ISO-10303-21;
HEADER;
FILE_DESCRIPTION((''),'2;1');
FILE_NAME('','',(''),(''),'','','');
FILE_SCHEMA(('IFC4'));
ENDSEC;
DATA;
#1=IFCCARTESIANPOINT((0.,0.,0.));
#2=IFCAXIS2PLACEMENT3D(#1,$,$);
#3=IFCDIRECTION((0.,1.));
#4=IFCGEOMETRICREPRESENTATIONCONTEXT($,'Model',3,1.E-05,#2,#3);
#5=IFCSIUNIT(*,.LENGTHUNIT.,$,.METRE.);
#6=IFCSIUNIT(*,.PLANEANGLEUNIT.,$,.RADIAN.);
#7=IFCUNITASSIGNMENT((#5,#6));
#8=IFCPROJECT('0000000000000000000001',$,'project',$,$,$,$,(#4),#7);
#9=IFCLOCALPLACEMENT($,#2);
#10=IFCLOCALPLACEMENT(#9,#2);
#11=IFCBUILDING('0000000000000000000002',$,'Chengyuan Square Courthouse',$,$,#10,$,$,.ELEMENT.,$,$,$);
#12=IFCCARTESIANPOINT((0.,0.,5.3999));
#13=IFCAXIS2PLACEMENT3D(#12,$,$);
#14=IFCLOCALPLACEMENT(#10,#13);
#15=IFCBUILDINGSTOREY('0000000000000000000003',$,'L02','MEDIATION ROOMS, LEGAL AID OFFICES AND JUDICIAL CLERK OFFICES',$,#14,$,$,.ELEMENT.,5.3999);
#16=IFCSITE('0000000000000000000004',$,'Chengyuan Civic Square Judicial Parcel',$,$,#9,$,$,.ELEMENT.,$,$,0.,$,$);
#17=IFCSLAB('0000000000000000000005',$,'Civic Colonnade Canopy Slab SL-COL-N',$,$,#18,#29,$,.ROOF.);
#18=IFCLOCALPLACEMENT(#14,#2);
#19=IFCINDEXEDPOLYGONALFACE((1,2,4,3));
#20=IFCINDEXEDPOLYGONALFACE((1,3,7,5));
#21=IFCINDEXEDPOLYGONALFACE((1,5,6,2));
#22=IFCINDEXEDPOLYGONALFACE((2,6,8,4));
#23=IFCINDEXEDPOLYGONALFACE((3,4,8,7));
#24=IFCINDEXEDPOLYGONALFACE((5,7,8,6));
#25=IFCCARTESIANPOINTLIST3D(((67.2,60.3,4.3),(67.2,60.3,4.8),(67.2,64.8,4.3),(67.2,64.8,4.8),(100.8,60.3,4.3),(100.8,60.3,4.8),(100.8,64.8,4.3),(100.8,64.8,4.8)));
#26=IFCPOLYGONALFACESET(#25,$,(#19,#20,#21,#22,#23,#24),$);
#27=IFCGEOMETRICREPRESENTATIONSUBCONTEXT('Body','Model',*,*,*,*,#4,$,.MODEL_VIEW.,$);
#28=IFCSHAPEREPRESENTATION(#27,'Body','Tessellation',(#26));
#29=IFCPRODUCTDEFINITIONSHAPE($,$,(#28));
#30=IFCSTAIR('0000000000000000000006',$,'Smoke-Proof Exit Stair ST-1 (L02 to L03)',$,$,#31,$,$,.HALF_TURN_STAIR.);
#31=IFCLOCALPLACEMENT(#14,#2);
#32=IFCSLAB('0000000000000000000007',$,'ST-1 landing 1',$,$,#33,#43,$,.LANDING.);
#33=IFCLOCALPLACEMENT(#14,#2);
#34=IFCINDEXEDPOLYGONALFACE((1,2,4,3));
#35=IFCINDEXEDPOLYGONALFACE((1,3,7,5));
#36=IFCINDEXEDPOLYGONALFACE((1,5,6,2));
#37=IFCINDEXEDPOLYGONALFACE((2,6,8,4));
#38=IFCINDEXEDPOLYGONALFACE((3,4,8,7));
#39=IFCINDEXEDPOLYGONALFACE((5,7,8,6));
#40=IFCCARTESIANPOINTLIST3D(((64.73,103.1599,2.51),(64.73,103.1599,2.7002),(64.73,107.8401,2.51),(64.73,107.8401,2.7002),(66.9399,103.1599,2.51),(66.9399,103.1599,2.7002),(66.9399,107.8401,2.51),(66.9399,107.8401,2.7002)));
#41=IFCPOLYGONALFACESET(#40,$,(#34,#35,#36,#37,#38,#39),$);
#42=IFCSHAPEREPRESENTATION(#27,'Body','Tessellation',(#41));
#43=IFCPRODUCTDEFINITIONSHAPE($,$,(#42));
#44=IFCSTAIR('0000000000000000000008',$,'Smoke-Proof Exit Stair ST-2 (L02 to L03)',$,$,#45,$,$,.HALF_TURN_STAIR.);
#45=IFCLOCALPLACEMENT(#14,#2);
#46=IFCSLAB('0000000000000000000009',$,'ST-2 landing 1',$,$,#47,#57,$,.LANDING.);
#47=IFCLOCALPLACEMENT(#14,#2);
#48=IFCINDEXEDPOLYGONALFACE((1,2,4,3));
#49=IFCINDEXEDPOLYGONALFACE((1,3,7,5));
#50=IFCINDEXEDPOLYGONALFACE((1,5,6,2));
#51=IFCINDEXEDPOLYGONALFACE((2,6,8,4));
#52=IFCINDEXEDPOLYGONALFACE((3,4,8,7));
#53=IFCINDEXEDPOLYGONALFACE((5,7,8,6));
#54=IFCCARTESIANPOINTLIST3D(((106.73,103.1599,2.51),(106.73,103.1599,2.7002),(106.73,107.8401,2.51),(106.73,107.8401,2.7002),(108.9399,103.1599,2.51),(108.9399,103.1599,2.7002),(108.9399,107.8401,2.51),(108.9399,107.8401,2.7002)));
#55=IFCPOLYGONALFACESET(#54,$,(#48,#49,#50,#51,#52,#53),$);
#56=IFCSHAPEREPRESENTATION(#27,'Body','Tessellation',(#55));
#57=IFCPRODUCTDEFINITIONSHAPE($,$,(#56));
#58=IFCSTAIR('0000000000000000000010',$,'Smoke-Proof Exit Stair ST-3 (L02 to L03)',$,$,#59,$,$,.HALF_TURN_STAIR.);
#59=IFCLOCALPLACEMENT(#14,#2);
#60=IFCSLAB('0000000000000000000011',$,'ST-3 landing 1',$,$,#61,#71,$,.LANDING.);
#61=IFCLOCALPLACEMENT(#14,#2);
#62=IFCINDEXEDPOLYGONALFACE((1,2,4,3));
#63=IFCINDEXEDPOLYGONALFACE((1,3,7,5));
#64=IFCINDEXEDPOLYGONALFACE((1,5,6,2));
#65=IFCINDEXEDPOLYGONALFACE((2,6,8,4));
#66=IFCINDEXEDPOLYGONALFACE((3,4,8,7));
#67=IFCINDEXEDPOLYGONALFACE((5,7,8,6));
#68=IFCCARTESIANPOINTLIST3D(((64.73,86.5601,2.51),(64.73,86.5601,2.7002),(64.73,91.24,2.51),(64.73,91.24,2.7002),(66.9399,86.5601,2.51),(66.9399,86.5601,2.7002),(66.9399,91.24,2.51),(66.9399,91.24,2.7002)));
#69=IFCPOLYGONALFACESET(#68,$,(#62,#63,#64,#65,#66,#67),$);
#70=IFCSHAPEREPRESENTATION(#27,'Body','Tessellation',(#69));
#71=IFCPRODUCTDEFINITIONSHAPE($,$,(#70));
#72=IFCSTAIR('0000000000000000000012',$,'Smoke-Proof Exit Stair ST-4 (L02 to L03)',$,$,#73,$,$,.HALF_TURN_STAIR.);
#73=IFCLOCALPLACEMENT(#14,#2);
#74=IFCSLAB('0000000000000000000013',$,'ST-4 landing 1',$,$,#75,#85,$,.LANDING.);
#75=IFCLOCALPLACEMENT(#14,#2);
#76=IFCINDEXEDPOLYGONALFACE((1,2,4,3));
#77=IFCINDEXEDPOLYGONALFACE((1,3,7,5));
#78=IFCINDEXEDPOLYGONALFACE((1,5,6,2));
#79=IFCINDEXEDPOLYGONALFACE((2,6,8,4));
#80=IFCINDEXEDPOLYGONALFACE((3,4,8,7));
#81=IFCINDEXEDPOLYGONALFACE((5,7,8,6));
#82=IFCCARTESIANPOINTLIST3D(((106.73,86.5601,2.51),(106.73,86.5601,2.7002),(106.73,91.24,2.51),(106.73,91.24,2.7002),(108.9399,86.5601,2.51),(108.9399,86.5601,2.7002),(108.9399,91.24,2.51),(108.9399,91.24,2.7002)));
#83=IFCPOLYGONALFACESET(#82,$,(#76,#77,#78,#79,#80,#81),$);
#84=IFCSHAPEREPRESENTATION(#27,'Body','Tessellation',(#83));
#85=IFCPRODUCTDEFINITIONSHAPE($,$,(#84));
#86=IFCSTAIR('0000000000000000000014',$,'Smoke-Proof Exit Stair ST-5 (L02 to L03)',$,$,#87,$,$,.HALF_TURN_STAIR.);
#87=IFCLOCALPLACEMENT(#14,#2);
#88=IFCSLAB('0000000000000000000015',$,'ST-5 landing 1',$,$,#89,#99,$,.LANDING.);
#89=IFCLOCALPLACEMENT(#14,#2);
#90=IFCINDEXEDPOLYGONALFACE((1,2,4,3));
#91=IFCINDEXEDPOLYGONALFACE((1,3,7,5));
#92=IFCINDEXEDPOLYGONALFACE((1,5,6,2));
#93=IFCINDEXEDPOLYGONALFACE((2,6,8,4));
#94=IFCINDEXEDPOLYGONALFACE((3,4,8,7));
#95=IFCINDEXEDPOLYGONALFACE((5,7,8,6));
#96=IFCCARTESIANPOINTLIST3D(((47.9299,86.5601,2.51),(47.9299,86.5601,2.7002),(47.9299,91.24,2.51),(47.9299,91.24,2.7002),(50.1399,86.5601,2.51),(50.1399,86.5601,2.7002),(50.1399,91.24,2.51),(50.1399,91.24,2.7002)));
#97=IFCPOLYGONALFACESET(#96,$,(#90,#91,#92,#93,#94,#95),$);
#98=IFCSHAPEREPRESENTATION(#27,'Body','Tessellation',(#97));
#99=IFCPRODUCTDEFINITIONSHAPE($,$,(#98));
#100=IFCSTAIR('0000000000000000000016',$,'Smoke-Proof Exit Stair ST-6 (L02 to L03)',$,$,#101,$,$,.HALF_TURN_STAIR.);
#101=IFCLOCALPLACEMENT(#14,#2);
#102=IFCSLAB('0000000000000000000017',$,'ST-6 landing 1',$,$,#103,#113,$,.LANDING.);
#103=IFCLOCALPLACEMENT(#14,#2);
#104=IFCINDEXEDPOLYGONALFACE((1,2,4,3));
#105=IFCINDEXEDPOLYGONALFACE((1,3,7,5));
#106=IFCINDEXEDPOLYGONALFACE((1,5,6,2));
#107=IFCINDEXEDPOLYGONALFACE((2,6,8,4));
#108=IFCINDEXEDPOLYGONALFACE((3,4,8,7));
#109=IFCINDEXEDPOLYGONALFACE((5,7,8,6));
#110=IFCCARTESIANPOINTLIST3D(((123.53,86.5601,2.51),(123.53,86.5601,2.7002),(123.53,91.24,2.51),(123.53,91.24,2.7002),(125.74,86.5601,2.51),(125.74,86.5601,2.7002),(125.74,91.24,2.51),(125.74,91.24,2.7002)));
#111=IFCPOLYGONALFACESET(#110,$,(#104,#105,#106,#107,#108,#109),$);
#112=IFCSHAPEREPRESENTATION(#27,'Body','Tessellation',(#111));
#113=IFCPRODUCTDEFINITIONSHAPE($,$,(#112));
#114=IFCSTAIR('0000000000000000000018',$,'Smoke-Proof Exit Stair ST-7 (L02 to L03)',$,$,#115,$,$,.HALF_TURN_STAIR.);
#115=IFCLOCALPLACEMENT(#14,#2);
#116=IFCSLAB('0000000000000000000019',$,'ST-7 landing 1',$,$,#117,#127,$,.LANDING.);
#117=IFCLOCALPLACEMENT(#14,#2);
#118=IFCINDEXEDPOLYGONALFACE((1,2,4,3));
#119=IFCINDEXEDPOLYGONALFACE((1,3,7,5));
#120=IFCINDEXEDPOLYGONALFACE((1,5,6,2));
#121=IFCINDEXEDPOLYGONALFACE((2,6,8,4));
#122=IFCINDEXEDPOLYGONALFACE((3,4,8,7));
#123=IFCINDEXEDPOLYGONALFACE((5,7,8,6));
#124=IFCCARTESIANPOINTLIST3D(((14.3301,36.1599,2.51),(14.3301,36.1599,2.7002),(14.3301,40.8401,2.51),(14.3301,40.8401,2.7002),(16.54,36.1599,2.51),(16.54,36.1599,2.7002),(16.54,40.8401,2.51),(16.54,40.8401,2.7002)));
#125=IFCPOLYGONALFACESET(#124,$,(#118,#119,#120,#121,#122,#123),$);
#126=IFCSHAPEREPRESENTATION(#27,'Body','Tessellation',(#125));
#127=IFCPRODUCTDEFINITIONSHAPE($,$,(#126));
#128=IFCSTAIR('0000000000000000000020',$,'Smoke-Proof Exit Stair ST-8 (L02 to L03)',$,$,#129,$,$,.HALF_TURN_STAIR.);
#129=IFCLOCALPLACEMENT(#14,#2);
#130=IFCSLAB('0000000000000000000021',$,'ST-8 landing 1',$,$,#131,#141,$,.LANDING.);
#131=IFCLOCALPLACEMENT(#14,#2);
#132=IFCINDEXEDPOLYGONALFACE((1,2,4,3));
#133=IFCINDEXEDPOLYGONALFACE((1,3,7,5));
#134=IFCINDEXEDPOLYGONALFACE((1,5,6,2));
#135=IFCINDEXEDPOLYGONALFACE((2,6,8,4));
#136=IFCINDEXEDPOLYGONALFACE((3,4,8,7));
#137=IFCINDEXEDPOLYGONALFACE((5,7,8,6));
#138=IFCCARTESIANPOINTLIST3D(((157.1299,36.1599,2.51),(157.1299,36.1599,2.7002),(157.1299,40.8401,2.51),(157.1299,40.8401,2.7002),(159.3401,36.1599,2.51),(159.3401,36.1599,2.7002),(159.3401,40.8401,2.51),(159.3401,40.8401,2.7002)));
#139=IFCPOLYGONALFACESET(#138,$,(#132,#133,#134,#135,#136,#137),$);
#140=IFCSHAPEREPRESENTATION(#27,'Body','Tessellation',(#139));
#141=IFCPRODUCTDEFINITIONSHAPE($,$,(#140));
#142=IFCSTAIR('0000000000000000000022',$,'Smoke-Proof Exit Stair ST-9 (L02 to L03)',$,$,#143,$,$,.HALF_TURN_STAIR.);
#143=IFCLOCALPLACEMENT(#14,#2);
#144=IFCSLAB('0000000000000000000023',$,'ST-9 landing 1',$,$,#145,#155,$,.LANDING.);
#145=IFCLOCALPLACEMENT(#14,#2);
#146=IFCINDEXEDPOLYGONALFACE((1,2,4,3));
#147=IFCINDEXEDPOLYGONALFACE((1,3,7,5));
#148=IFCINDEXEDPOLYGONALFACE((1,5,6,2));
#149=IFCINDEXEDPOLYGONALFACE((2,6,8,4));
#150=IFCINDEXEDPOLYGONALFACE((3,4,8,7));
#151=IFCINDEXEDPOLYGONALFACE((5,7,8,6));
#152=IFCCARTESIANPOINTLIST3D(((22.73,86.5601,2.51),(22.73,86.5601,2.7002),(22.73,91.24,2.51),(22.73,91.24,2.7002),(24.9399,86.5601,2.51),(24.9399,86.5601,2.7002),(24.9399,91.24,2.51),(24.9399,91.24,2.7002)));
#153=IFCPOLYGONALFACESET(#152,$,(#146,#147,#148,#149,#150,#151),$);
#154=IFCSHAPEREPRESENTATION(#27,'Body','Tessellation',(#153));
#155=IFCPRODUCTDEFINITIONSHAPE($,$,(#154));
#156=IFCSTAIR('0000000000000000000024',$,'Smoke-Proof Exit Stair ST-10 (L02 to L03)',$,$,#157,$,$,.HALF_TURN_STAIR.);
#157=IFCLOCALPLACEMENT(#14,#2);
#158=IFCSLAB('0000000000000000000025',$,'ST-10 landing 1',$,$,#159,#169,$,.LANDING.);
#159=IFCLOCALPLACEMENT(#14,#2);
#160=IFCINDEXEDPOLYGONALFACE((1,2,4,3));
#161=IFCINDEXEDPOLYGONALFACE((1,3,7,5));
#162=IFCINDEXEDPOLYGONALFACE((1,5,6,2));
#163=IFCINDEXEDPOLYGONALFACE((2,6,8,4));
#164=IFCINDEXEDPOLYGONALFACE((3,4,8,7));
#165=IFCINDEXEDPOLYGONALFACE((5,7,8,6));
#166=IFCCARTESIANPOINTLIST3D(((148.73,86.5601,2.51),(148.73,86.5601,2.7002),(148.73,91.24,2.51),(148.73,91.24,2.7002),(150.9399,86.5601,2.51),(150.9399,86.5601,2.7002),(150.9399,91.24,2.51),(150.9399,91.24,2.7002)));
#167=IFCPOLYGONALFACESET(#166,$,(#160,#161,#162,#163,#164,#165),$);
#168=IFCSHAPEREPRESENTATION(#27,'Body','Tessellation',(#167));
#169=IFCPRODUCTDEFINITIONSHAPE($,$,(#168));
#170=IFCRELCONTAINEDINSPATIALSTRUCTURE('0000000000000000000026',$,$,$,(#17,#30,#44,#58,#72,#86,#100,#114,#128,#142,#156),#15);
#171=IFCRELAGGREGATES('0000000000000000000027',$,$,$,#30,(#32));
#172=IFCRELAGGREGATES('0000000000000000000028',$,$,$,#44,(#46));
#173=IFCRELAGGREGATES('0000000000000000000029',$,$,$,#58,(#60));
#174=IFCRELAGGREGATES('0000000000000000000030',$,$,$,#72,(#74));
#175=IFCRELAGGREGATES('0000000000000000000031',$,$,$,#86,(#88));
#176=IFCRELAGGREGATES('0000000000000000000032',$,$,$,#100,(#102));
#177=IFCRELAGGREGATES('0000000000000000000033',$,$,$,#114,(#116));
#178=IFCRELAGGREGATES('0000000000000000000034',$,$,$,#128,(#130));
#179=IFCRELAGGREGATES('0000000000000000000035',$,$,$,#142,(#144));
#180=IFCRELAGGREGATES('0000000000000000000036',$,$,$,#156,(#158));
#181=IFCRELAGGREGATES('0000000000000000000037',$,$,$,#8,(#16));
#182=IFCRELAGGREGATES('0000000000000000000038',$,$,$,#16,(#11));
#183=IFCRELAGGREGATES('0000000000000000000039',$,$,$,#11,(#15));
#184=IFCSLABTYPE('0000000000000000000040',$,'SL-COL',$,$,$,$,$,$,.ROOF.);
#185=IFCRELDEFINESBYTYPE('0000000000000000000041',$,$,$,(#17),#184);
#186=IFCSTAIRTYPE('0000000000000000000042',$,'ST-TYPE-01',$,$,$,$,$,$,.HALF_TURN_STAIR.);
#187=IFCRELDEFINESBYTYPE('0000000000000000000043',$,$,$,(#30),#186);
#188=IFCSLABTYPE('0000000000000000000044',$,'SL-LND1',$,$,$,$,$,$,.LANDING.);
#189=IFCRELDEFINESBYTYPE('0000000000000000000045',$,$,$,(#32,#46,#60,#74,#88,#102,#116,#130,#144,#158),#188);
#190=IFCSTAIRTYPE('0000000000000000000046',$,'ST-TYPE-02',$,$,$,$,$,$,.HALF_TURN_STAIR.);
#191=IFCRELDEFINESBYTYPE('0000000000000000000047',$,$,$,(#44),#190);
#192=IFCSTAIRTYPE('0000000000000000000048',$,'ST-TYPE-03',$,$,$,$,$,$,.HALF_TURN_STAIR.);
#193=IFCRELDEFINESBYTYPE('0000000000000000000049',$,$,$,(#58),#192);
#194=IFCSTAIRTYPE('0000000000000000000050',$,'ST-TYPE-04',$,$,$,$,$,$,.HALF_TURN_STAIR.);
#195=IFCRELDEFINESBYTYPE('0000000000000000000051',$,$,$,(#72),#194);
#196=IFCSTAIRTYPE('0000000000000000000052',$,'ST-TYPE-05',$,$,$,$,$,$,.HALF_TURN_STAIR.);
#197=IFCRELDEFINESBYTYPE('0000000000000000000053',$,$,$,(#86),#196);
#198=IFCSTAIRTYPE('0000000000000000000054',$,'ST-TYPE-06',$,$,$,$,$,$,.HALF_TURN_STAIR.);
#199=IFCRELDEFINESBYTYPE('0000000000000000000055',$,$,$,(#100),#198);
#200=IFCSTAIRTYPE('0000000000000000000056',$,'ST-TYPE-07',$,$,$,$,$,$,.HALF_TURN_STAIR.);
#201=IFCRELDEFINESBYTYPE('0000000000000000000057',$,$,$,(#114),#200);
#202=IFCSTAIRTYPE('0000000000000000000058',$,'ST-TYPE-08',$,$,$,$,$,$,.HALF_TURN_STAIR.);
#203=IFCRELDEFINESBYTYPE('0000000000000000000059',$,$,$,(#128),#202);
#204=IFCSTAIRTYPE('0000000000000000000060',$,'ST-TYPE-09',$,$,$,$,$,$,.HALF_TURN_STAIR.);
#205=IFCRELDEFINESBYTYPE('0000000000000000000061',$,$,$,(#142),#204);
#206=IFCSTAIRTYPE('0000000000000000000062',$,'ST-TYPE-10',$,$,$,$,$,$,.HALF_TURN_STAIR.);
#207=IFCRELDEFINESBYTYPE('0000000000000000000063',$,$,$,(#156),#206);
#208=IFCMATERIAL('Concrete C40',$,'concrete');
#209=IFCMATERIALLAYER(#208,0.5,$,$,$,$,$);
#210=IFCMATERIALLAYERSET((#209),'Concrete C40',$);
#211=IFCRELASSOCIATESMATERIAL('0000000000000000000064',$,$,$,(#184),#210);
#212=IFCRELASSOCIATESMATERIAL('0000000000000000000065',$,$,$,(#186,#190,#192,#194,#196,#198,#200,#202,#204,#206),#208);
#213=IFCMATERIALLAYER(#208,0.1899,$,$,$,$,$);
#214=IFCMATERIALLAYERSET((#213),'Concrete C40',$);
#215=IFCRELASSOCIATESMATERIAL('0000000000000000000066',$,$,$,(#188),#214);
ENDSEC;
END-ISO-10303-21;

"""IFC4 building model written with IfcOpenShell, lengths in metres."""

from ifc_helpers import new_model, si_unit, direction, frame, origin, place, context, subcontext, project, spatial, polyline, outline, extrude, material, layer, layer_set, type_object, element, aggregate, save


model = new_model("IFC4")

# Units and contexts
model_context = context("Model", 3, precision=1e-05, world=origin(), true_north=direction((0.0, 1.0)))
body_context = subcontext(model_context, "Body", "Model", "MODEL_VIEW")
ifc_project = project(units=[si_unit("LENGTHUNIT", "METRE"), si_unit("PLANEANGLEUNIT", "RADIAN")], contexts=[model_context])

# Site, building, storey
site_placement = place(None, origin())
site = spatial("IfcSite", under=ifc_project, at=site_placement, Name="Chengyuan Civic Square Judicial Parcel", CompositionType="ELEMENT", RefElevation=0.0)
building_placement = place(site_placement, origin())
building = spatial("IfcBuilding", under=site, at=building_placement, Name="Chengyuan Square Courthouse", CompositionType="ELEMENT")
storey_placement = place(building_placement, frame((0.0, 0.0, 5.3999)))
storey = spatial("IfcBuildingStorey", under=building, at=storey_placement, Name="L02", Description="MEDIATION ROOMS, LEGAL AID OFFICES AND JUDICIAL CLERK OFFICES", CompositionType="ELEMENT", Elevation=5.3999)

# Shared definitions
ifc_material_1 = material(Name="Concrete C40", Category="concrete")

# Slab
ifc_layer_1 = layer(ifc_material_1, 0.5)
ifc_layer_set_1 = layer_set([ifc_layer_1], Name="Concrete C40")
slab_type_1 = type_object("IfcSlabType", Name="SL-COL", PredefinedType="ROOF", material=ifc_layer_set_1)
slab_1_placement = place(storey_placement, frame((0.0, 0.0, 4.3)))
element("IfcSlab", 1, at=slab_1_placement, inside=storey, type_object=slab_type_1, Name="Civic Colonnade Canopy Slab SL-COL-N", PredefinedType="ROOF", context=body_context, shape_type="SweptSolid", body=[
    extrude(outline(polyline([(67.2, 60.3), (100.8, 60.3), (100.8, 64.8), (67.2, 64.8), (67.2, 60.3)])), origin(), (0.0, 0.0, 1.0), 0.5),
])

# Stairs, slabs
stair_type_1 = type_object("IfcStairType", Name="ST-TYPE-01", PredefinedType="HALF_TURN_STAIR", material=ifc_material_1)
stair_1_placement = place(storey_placement, origin())
stair_1 = element("IfcStair", 2, at=stair_1_placement, inside=storey, type_object=stair_type_1, Name="Smoke-Proof Exit Stair ST-1 (L02 to L03)", PredefinedType="HALF_TURN_STAIR")
ifc_layer_2 = layer(ifc_material_1, 0.1899)
ifc_layer_set_2 = layer_set([ifc_layer_2], Name="Concrete C40")
slab_type_2 = type_object("IfcSlabType", Name="SL-LND1", PredefinedType="LANDING", material=ifc_layer_set_2)
slab_2_placement = place(storey_placement, frame((0.0, 0.0, 2.51)))
slab_2 = element("IfcSlab", 3, at=slab_2_placement, type_object=slab_type_2, Name="ST-1 landing 1", PredefinedType="LANDING", context=body_context, shape_type="SweptSolid", body=[
    extrude(outline(polyline([(64.73, 103.1599), (66.9399, 103.1599), (66.9399, 107.8401), (64.73, 107.8401), (64.73, 103.1599)])), origin(), (0.0, 0.0, 1.0), 0.1902),
])
aggregate(stair_1, [slab_2])
stair_type_2 = type_object("IfcStairType", Name="ST-TYPE-02", PredefinedType="HALF_TURN_STAIR", material=ifc_material_1)
stair_2_placement = place(storey_placement, origin())
stair_2 = element("IfcStair", 4, at=stair_2_placement, inside=storey, type_object=stair_type_2, Name="Smoke-Proof Exit Stair ST-2 (L02 to L03)", PredefinedType="HALF_TURN_STAIR")
slab_3_placement = place(storey_placement, frame((0.0, 0.0, 2.51)))
slab_3 = element("IfcSlab", 5, at=slab_3_placement, type_object=slab_type_2, Name="ST-2 landing 1", PredefinedType="LANDING", context=body_context, shape_type="SweptSolid", body=[
    extrude(outline(polyline([(106.73, 103.1599), (108.9399, 103.1599), (108.9399, 107.8401), (106.73, 107.8401), (106.73, 103.1599)])), origin(), (0.0, 0.0, 1.0), 0.1902),
])
aggregate(stair_2, [slab_3])
stair_type_3 = type_object("IfcStairType", Name="ST-TYPE-03", PredefinedType="HALF_TURN_STAIR", material=ifc_material_1)
stair_3_placement = place(storey_placement, origin())
stair_3 = element("IfcStair", 6, at=stair_3_placement, inside=storey, type_object=stair_type_3, Name="Smoke-Proof Exit Stair ST-3 (L02 to L03)", PredefinedType="HALF_TURN_STAIR")
slab_4_placement = place(storey_placement, frame((0.0, 0.0, 2.51)))
slab_4 = element("IfcSlab", 7, at=slab_4_placement, type_object=slab_type_2, Name="ST-3 landing 1", PredefinedType="LANDING", context=body_context, shape_type="SweptSolid", body=[
    extrude(outline(polyline([(64.73, 86.5601), (66.9399, 86.5601), (66.9399, 91.24), (64.73, 91.24), (64.73, 86.5601)])), origin(), (0.0, 0.0, 1.0), 0.1902),
])
aggregate(stair_3, [slab_4])
stair_type_4 = type_object("IfcStairType", Name="ST-TYPE-04", PredefinedType="HALF_TURN_STAIR", material=ifc_material_1)
stair_4_placement = place(storey_placement, origin())
stair_4 = element("IfcStair", 8, at=stair_4_placement, inside=storey, type_object=stair_type_4, Name="Smoke-Proof Exit Stair ST-4 (L02 to L03)", PredefinedType="HALF_TURN_STAIR")
slab_5_placement = place(storey_placement, frame((0.0, 0.0, 2.51)))
slab_5 = element("IfcSlab", 9, at=slab_5_placement, type_object=slab_type_2, Name="ST-4 landing 1", PredefinedType="LANDING", context=body_context, shape_type="SweptSolid", body=[
    extrude(outline(polyline([(106.73, 86.5601), (108.9399, 86.5601), (108.9399, 91.24), (106.73, 91.24), (106.73, 86.5601)])), origin(), (0.0, 0.0, 1.0), 0.1902),
])
aggregate(stair_4, [slab_5])
stair_type_5 = type_object("IfcStairType", Name="ST-TYPE-05", PredefinedType="HALF_TURN_STAIR", material=ifc_material_1)
stair_5_placement = place(storey_placement, origin())
stair_5 = element("IfcStair", 10, at=stair_5_placement, inside=storey, type_object=stair_type_5, Name="Smoke-Proof Exit Stair ST-5 (L02 to L03)", PredefinedType="HALF_TURN_STAIR")
slab_6_placement = place(storey_placement, frame((0.0, 0.0, 2.51)))
slab_6 = element("IfcSlab", 11, at=slab_6_placement, type_object=slab_type_2, Name="ST-5 landing 1", PredefinedType="LANDING", context=body_context, shape_type="SweptSolid", body=[
    extrude(outline(polyline([(47.9299, 86.5601), (50.1399, 86.5601), (50.1399, 91.24), (47.9299, 91.24), (47.9299, 86.5601)])), origin(), (0.0, 0.0, 1.0), 0.1902),
])
aggregate(stair_5, [slab_6])
stair_type_6 = type_object("IfcStairType", Name="ST-TYPE-06", PredefinedType="HALF_TURN_STAIR", material=ifc_material_1)
stair_6_placement = place(storey_placement, origin())
stair_6 = element("IfcStair", 12, at=stair_6_placement, inside=storey, type_object=stair_type_6, Name="Smoke-Proof Exit Stair ST-6 (L02 to L03)", PredefinedType="HALF_TURN_STAIR")
slab_7_placement = place(storey_placement, frame((0.0, 0.0, 2.51)))
slab_7 = element("IfcSlab", 13, at=slab_7_placement, type_object=slab_type_2, Name="ST-6 landing 1", PredefinedType="LANDING", context=body_context, shape_type="SweptSolid", body=[
    extrude(outline(polyline([(123.53, 86.5601), (125.74, 86.5601), (125.74, 91.24), (123.53, 91.24), (123.53, 86.5601)])), origin(), (0.0, 0.0, 1.0), 0.1902),
])
aggregate(stair_6, [slab_7])
stair_type_7 = type_object("IfcStairType", Name="ST-TYPE-07", PredefinedType="HALF_TURN_STAIR", material=ifc_material_1)
stair_7_placement = place(storey_placement, origin())
stair_7 = element("IfcStair", 14, at=stair_7_placement, inside=storey, type_object=stair_type_7, Name="Smoke-Proof Exit Stair ST-7 (L02 to L03)", PredefinedType="HALF_TURN_STAIR")
slab_8_placement = place(storey_placement, frame((0.0, 0.0, 2.51)))
slab_8 = element("IfcSlab", 15, at=slab_8_placement, type_object=slab_type_2, Name="ST-7 landing 1", PredefinedType="LANDING", context=body_context, shape_type="SweptSolid", body=[
    extrude(outline(polyline([(14.3301, 36.1599), (16.54, 36.1599), (16.54, 40.8401), (14.3301, 40.8401), (14.3301, 36.1599)])), origin(), (0.0, 0.0, 1.0), 0.1902),
])
aggregate(stair_7, [slab_8])
stair_type_8 = type_object("IfcStairType", Name="ST-TYPE-08", PredefinedType="HALF_TURN_STAIR", material=ifc_material_1)
stair_8_placement = place(storey_placement, origin())
stair_8 = element("IfcStair", 16, at=stair_8_placement, inside=storey, type_object=stair_type_8, Name="Smoke-Proof Exit Stair ST-8 (L02 to L03)", PredefinedType="HALF_TURN_STAIR")
slab_9_placement = place(storey_placement, frame((0.0, 0.0, 2.51)))
slab_9 = element("IfcSlab", 17, at=slab_9_placement, type_object=slab_type_2, Name="ST-8 landing 1", PredefinedType="LANDING", context=body_context, shape_type="SweptSolid", body=[
    extrude(outline(polyline([(157.1299, 36.1599), (159.3401, 36.1599), (159.3401, 40.8401), (157.1299, 40.8401), (157.1299, 36.1599)])), origin(), (0.0, 0.0, 1.0), 0.1902),
])
aggregate(stair_8, [slab_9])
stair_type_9 = type_object("IfcStairType", Name="ST-TYPE-09", PredefinedType="HALF_TURN_STAIR", material=ifc_material_1)
stair_9_placement = place(storey_placement, origin())
stair_9 = element("IfcStair", 18, at=stair_9_placement, inside=storey, type_object=stair_type_9, Name="Smoke-Proof Exit Stair ST-9 (L02 to L03)", PredefinedType="HALF_TURN_STAIR")
slab_10_placement = place(storey_placement, frame((0.0, 0.0, 2.51)))
slab_10 = element("IfcSlab", 19, at=slab_10_placement, type_object=slab_type_2, Name="ST-9 landing 1", PredefinedType="LANDING", context=body_context, shape_type="SweptSolid", body=[
    extrude(outline(polyline([(22.73, 86.5601), (24.9399, 86.5601), (24.9399, 91.24), (22.73, 91.24), (22.73, 86.5601)])), origin(), (0.0, 0.0, 1.0), 0.1902),
])
aggregate(stair_9, [slab_10])
stair_type_10 = type_object("IfcStairType", Name="ST-TYPE-10", PredefinedType="HALF_TURN_STAIR", material=ifc_material_1)
stair_10_placement = place(storey_placement, origin())
stair_10 = element("IfcStair", 20, at=stair_10_placement, inside=storey, type_object=stair_type_10, Name="Smoke-Proof Exit Stair ST-10 (L02 to L03)", PredefinedType="HALF_TURN_STAIR")
slab_11_placement = place(storey_placement, frame((0.0, 0.0, 2.51)))
slab_11 = element("IfcSlab", 21, at=slab_11_placement, type_object=slab_type_2, Name="ST-10 landing 1", PredefinedType="LANDING", context=body_context, shape_type="SweptSolid", body=[
    extrude(outline(polyline([(148.73, 86.5601), (150.9399, 86.5601), (150.9399, 91.24), (148.73, 91.24), (148.73, 86.5601)])), origin(), (0.0, 0.0, 1.0), 0.1902),
])
aggregate(stair_10, [slab_11])

save(model, "model.ifc")
